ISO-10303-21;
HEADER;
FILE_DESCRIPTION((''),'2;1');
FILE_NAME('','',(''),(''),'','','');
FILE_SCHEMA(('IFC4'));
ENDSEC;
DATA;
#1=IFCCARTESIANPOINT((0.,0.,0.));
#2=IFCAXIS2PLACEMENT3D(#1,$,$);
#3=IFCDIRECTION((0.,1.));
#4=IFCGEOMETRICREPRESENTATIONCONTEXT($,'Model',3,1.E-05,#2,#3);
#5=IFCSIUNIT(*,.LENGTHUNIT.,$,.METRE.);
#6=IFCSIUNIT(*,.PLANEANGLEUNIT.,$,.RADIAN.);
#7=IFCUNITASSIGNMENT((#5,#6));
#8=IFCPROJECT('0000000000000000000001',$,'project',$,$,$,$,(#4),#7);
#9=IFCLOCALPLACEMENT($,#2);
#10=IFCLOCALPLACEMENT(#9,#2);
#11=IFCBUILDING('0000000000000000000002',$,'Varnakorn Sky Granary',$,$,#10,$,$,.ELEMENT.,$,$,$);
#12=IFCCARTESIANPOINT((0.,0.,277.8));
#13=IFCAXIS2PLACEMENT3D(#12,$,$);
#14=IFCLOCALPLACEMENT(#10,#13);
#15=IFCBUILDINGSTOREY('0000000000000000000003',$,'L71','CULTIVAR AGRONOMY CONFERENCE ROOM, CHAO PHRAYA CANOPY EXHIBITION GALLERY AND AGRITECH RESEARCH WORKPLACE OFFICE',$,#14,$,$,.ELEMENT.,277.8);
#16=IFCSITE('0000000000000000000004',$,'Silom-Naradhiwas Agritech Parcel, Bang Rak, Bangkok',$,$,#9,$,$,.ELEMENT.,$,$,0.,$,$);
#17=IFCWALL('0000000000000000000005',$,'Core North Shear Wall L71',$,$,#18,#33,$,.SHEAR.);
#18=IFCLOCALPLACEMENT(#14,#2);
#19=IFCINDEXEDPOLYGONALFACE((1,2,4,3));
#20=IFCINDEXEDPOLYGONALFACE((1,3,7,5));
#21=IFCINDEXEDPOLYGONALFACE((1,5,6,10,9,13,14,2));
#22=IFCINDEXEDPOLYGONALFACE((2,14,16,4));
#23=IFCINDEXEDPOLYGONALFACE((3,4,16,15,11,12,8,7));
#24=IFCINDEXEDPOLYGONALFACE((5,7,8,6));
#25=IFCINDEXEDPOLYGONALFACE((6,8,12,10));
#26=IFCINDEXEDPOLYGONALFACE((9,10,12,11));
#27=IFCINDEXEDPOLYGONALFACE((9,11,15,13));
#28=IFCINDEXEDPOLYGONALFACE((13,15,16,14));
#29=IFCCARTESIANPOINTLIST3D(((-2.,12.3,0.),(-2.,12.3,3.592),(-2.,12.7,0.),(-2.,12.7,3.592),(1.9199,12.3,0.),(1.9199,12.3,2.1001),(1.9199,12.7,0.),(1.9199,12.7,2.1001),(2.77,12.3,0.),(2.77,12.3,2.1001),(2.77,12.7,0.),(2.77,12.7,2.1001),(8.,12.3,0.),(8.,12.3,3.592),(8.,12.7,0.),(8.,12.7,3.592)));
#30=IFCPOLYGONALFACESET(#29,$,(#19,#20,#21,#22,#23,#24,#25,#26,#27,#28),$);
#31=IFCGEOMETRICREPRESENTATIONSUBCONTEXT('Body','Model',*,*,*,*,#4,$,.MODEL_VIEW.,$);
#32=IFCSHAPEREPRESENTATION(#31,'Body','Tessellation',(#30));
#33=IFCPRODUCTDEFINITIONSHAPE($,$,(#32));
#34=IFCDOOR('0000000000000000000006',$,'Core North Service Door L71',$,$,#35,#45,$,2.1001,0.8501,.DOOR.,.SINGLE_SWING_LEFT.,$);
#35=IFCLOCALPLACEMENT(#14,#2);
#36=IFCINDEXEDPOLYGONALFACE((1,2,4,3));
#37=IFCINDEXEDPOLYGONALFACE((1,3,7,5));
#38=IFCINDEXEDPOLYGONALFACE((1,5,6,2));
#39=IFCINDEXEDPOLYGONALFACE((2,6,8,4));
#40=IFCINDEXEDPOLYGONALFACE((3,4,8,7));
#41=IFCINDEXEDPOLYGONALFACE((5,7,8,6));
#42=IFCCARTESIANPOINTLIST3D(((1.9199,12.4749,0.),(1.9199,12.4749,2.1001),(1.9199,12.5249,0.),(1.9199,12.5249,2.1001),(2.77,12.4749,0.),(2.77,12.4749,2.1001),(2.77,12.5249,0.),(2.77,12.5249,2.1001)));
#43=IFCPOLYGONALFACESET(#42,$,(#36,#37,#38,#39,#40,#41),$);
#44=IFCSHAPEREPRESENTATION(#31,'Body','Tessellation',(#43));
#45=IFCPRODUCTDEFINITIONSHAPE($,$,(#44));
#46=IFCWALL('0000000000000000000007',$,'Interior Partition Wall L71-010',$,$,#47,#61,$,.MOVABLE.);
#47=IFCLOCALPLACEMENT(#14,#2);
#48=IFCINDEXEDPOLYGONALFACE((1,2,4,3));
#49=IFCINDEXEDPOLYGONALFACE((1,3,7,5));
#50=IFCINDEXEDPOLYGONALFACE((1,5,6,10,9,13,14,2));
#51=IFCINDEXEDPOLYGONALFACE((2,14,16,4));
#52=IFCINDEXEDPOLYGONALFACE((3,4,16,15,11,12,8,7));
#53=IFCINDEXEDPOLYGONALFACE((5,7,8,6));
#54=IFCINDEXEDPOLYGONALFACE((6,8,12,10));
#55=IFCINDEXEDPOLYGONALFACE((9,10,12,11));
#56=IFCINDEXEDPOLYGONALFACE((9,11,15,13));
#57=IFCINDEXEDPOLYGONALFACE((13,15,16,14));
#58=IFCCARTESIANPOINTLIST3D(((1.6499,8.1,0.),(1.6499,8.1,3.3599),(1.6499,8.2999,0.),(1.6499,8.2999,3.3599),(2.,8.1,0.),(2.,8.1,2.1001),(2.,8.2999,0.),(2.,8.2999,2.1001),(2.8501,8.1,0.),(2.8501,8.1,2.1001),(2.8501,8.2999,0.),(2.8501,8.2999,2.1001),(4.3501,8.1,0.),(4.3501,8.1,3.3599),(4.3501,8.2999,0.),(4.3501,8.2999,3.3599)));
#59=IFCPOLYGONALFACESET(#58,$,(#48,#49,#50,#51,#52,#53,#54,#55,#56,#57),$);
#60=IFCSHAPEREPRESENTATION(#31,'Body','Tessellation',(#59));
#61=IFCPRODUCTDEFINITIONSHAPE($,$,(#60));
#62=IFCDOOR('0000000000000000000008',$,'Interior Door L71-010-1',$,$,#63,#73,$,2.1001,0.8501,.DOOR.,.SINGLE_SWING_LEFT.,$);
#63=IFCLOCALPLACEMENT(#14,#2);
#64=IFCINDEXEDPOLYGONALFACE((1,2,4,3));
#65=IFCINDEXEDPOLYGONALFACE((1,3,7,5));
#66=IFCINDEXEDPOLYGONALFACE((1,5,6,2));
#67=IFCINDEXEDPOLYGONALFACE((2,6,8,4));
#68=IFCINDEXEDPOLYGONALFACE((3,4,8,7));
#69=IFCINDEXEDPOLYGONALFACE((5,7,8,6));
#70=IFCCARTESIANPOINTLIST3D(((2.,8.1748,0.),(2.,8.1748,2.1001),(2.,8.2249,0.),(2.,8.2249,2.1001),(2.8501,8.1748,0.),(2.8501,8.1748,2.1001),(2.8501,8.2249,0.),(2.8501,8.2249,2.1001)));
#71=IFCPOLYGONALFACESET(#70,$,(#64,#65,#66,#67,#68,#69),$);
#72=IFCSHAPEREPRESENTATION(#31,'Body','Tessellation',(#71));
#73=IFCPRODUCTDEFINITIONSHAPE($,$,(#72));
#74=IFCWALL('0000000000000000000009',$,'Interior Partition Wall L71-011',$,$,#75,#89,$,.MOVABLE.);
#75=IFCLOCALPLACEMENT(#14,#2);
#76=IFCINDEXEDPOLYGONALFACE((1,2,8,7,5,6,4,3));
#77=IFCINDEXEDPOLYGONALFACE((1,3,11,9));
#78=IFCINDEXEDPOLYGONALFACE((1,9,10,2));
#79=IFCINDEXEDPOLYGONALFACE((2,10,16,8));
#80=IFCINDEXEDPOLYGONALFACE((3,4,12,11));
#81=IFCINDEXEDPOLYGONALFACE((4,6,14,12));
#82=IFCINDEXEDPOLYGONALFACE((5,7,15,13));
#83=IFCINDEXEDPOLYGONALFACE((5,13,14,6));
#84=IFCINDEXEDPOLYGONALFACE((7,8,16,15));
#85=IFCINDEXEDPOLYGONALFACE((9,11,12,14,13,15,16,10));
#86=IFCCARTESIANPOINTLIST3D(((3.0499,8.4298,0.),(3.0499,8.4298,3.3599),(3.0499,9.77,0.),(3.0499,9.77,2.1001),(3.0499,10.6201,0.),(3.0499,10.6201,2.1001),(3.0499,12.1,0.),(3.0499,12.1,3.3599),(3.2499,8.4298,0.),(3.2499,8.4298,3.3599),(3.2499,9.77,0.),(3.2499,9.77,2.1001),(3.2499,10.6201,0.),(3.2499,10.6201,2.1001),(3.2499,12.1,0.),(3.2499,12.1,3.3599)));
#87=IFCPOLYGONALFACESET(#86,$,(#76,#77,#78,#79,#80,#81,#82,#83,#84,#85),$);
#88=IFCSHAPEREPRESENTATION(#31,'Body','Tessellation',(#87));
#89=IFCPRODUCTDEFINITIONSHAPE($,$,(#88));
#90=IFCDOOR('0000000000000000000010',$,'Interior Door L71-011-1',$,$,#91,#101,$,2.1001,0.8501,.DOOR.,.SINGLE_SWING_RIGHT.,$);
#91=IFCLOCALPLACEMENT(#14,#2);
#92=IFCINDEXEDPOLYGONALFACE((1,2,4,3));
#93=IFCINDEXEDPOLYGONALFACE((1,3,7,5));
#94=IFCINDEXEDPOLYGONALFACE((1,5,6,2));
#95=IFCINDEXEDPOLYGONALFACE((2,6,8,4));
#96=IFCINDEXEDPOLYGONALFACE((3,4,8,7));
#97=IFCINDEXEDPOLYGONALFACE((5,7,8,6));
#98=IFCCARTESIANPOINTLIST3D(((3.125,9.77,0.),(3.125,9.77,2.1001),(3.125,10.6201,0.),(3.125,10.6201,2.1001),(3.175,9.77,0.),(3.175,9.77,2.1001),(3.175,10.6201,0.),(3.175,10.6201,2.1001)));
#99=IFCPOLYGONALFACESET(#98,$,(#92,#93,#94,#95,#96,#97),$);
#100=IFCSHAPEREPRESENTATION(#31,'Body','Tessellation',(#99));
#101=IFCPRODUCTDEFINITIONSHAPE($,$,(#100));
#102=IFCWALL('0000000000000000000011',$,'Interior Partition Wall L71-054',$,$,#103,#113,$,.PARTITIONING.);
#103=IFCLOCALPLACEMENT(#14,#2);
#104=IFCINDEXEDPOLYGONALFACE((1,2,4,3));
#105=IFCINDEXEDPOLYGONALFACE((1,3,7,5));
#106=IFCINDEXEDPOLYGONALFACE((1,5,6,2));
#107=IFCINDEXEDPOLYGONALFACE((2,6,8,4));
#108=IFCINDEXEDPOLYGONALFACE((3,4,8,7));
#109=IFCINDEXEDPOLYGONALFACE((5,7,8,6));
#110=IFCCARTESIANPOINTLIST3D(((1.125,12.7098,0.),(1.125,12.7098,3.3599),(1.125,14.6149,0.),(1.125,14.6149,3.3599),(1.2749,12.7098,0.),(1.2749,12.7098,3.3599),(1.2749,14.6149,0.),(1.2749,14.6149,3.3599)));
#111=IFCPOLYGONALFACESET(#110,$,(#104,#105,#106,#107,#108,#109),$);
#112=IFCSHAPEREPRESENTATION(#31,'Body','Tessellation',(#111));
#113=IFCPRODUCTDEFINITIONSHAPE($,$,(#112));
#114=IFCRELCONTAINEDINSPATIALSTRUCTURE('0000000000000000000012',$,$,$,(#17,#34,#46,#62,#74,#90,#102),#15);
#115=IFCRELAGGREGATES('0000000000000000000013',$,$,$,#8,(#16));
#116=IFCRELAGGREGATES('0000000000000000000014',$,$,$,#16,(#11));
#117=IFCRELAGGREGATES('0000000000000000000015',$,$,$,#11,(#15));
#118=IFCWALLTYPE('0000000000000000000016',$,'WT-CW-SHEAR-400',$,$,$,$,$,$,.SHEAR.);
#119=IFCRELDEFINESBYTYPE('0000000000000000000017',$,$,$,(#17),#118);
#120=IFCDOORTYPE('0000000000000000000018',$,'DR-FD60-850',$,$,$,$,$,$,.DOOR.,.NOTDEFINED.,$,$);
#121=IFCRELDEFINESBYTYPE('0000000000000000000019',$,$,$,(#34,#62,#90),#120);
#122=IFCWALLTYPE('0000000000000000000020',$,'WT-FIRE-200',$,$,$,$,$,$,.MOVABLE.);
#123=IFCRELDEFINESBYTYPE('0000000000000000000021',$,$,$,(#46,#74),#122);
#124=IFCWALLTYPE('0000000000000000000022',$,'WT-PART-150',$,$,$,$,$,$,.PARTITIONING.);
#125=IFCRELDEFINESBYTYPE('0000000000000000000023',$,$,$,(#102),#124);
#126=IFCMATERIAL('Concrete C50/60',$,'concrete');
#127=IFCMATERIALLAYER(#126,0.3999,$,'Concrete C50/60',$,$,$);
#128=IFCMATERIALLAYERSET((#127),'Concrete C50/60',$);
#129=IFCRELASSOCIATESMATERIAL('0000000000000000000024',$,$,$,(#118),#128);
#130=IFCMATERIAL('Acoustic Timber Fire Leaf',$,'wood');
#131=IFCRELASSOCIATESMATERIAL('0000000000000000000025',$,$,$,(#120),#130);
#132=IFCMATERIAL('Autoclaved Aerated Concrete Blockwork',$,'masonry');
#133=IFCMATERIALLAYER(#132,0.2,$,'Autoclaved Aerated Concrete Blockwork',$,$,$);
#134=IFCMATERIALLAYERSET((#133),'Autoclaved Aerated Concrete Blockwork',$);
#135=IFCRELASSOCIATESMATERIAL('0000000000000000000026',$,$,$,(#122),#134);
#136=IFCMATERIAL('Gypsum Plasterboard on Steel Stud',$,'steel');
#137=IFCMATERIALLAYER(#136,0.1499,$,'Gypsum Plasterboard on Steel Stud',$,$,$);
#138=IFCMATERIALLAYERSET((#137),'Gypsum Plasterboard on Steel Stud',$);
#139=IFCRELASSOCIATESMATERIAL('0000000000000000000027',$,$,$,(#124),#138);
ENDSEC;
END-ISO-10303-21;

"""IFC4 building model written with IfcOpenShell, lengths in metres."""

from ifc_helpers import new_model, si_unit, direction, frame, frame_2d, origin, place, context, subcontext, project, spatial, rectangle, extrude, material, layer, layer_set, type_object, element, fill, save


model = new_model("IFC4")

# Units and contexts
model_context = context("Model", 3, precision=1e-05, world=origin(), true_north=direction((0.0, 1.0)))
body_context = subcontext(model_context, "Body", "Model", "MODEL_VIEW")
ifc_project = project(units=[si_unit("LENGTHUNIT", "METRE"), si_unit("PLANEANGLEUNIT", "RADIAN")], contexts=[model_context])

# Site, building, storey
site_placement = place(None, origin())
site = spatial("IfcSite", under=ifc_project, at=site_placement, Name="Silom-Naradhiwas Agritech Parcel, Bang Rak, Bangkok", CompositionType="ELEMENT", RefElevation=0.0)
building_placement = place(site_placement, origin())
building = spatial("IfcBuilding", under=site, at=building_placement, Name="Varnakorn Sky Granary", CompositionType="ELEMENT")
storey_placement = place(building_placement, frame((0.0, 0.0, 277.8)))
storey = spatial("IfcBuildingStorey", under=building, at=storey_placement, Name="L71", Description="CULTIVAR AGRONOMY CONFERENCE ROOM, CHAO PHRAYA CANOPY EXHIBITION GALLERY AND AGRITECH RESEARCH WORKPLACE OFFICE", CompositionType="ELEMENT", Elevation=277.8)

# Shared definitions
ifc_material_1 = material(Name="Concrete C50/60", Category="concrete")

# Walls, openings, doors
ifc_layer_1 = layer(ifc_material_1, 0.3999, Name="Concrete C50/60")
ifc_layer_set_1 = layer_set([ifc_layer_1], Name="Concrete C50/60")
wall_type_1 = type_object("IfcWallType", Name="WT-CW-SHEAR-400", PredefinedType="SHEAR", material=ifc_layer_set_1)
wall_1_placement = place(storey_placement, frame((-2.0, 12.5, 0.0), z_axis=(0.0, 0.0, 1.0), x_axis=(1.0, 0.0, 0.0)))
wall_1 = element("IfcWall", 1, at=wall_1_placement, inside=storey, type_object=wall_type_1, Name="Core North Shear Wall L71", PredefinedType="SHEAR", context=body_context, shape_type="SweptSolid", body=[
    extrude(rectangle(XDim=10.0, YDim=0.3999, at=frame_2d((5.0, 0.0))), origin(), (0.0, 0.0, 1.0), 3.592),
])
opening_1_placement = place(wall_1_placement, frame((3.9199, 0.0, 0.0)))
opening_1 = element("IfcOpeningElement", 2, at=opening_1_placement, cuts=wall_1, PredefinedType="OPENING", context=body_context, shape_type="SweptSolid", body=[
    extrude(rectangle(XDim=0.8501, YDim=2.1001, at=frame_2d((0.425, 1.05))), frame((0.0, 0.21, 0.0), z_axis=(0.0, -1.0, 0.0), x_axis=(1.0, 0.0, 0.0)), (0.0, 0.0, 1.0), 0.4199),
])
ifc_material_2 = material(Name="Acoustic Timber Fire Leaf", Category="wood")
door_type = type_object("IfcDoorType", Name="DR-FD60-850", OperationType="NOTDEFINED", PredefinedType="DOOR", material=ifc_material_2)
door_1_placement = place(opening_1_placement, origin())
door_1 = element("IfcDoor", 3, at=door_1_placement, inside=storey, type_object=door_type, Name="Core North Service Door L71", OperationType="SINGLE_SWING_LEFT", OverallHeight=2.1001, OverallWidth=0.8501, PredefinedType="DOOR", context=body_context, shape_type="SweptSolid", body=[
    extrude(rectangle(XDim=0.8501, YDim=2.1001, at=frame_2d((0.425, 1.05))), frame((0.0, 0.0249, 0.0), z_axis=(0.0, -1.0, 0.0), x_axis=(1.0, 0.0, 0.0)), (0.0, 0.0, 1.0), 0.05),
])
fill(opening_1, door_1)
ifc_material_3 = material(Name="Autoclaved Aerated Concrete Blockwork", Category="masonry")
ifc_layer_2 = layer(ifc_material_3, 0.2, Name="Autoclaved Aerated Concrete Blockwork")
ifc_layer_set_2 = layer_set([ifc_layer_2], Name="Autoclaved Aerated Concrete Blockwork")
wall_type_2 = type_object("IfcWallType", Name="WT-FIRE-200", PredefinedType="MOVABLE", material=ifc_layer_set_2)
wall_2_placement = place(storey_placement, frame((1.6499, 8.2, 0.0), z_axis=(0.0, 0.0, 1.0), x_axis=(1.0, 0.0, 0.0)))
wall_2 = element("IfcWall", 4, at=wall_2_placement, inside=storey, type_object=wall_type_2, Name="Interior Partition Wall L71-010", PredefinedType="MOVABLE", context=body_context, shape_type="SweptSolid", body=[
    extrude(rectangle(XDim=2.7002, YDim=0.2, at=frame_2d((1.3501, 0.0))), origin(), (0.0, 0.0, 1.0), 3.3599),
])
opening_2_placement = place(wall_2_placement, frame((0.3501, 0.0, 0.0)))
opening_2 = element("IfcOpeningElement", 5, at=opening_2_placement, cuts=wall_2, PredefinedType="OPENING", context=body_context, shape_type="SweptSolid", body=[
    extrude(rectangle(XDim=0.8501, YDim=2.1001, at=frame_2d((0.425, 1.05))), frame((0.0, 0.1099, 0.0), z_axis=(0.0, -1.0, 0.0), x_axis=(1.0, 0.0, 0.0)), (0.0, 0.0, 1.0), 0.22),
])
door_2_placement = place(opening_2_placement, origin())
door_2 = element("IfcDoor", 6, at=door_2_placement, inside=storey, type_object=door_type, Name="Interior Door L71-010-1", OperationType="SINGLE_SWING_LEFT", OverallHeight=2.1001, OverallWidth=0.8501, PredefinedType="DOOR", context=body_context, shape_type="SweptSolid", body=[
    extrude(rectangle(XDim=0.8501, YDim=2.1001, at=frame_2d((0.425, 1.05))), frame((0.0, 0.0249, 0.0), z_axis=(0.0, -1.0, 0.0), x_axis=(1.0, 0.0, 0.0)), (0.0, 0.0, 1.0), 0.05),
])
fill(opening_2, door_2)
wall_3_placement = place(storey_placement, frame((3.1499, 8.4299, 0.0), z_axis=(0.0, 0.0, 1.0), x_axis=(0.0, 1.0, 0.0)))
wall_3 = element("IfcWall", 7, at=wall_3_placement, inside=storey, type_object=wall_type_2, Name="Interior Partition Wall L71-011", PredefinedType="MOVABLE", context=body_context, shape_type="SweptSolid", body=[
    extrude(rectangle(XDim=3.6702, YDim=0.2, at=frame_2d((1.835, 0.0))), origin(), (0.0, 0.0, 1.0), 3.3599),
])
opening_3_placement = place(wall_3_placement, frame((1.3401, 0.0, 0.0)))
opening_3 = element("IfcOpeningElement", 8, at=opening_3_placement, cuts=wall_3, PredefinedType="OPENING", context=body_context, shape_type="SweptSolid", body=[
    extrude(rectangle(XDim=0.8501, YDim=2.1001, at=frame_2d((0.425, 1.05))), frame((0.0, 0.1099, 0.0), z_axis=(0.0, -1.0, 0.0), x_axis=(1.0, 0.0, 0.0)), (0.0, 0.0, 1.0), 0.22),
])
door_3_placement = place(opening_3_placement, origin())
door_3 = element("IfcDoor", 9, at=door_3_placement, inside=storey, type_object=door_type, Name="Interior Door L71-011-1", OperationType="SINGLE_SWING_RIGHT", OverallHeight=2.1001, OverallWidth=0.8501, PredefinedType="DOOR", context=body_context, shape_type="SweptSolid", body=[
    extrude(rectangle(XDim=0.8501, YDim=2.1001, at=frame_2d((0.425, 1.05))), frame((0.0, 0.0249, 0.0), z_axis=(0.0, -1.0, 0.0), x_axis=(1.0, 0.0, 0.0)), (0.0, 0.0, 1.0), 0.05),
])
fill(opening_3, door_3)

# Wall
ifc_material_4 = material(Name="Gypsum Plasterboard on Steel Stud", Category="steel")
ifc_layer_3 = layer(ifc_material_4, 0.1499, Name="Gypsum Plasterboard on Steel Stud")
ifc_layer_set_3 = layer_set([ifc_layer_3], Name="Gypsum Plasterboard on Steel Stud")
wall_type_3 = type_object("IfcWallType", Name="WT-PART-150", PredefinedType="PARTITIONING", material=ifc_layer_set_3)
wall_4_placement = place(storey_placement, frame((1.2, 14.615, 0.0), z_axis=(0.0, 0.0, 1.0), x_axis=(0.0, -1.0, 0.0)))
element("IfcWall", 10, at=wall_4_placement, inside=storey, type_object=wall_type_3, Name="Interior Partition Wall L71-054", PredefinedType="PARTITIONING", context=body_context, shape_type="SweptSolid", body=[
    extrude(rectangle(XDim=1.905, YDim=0.1499, at=frame_2d((0.9526, 0.0))), origin(), (0.0, 0.0, 1.0), 3.3599),
])

save(model, "model.ifc")
